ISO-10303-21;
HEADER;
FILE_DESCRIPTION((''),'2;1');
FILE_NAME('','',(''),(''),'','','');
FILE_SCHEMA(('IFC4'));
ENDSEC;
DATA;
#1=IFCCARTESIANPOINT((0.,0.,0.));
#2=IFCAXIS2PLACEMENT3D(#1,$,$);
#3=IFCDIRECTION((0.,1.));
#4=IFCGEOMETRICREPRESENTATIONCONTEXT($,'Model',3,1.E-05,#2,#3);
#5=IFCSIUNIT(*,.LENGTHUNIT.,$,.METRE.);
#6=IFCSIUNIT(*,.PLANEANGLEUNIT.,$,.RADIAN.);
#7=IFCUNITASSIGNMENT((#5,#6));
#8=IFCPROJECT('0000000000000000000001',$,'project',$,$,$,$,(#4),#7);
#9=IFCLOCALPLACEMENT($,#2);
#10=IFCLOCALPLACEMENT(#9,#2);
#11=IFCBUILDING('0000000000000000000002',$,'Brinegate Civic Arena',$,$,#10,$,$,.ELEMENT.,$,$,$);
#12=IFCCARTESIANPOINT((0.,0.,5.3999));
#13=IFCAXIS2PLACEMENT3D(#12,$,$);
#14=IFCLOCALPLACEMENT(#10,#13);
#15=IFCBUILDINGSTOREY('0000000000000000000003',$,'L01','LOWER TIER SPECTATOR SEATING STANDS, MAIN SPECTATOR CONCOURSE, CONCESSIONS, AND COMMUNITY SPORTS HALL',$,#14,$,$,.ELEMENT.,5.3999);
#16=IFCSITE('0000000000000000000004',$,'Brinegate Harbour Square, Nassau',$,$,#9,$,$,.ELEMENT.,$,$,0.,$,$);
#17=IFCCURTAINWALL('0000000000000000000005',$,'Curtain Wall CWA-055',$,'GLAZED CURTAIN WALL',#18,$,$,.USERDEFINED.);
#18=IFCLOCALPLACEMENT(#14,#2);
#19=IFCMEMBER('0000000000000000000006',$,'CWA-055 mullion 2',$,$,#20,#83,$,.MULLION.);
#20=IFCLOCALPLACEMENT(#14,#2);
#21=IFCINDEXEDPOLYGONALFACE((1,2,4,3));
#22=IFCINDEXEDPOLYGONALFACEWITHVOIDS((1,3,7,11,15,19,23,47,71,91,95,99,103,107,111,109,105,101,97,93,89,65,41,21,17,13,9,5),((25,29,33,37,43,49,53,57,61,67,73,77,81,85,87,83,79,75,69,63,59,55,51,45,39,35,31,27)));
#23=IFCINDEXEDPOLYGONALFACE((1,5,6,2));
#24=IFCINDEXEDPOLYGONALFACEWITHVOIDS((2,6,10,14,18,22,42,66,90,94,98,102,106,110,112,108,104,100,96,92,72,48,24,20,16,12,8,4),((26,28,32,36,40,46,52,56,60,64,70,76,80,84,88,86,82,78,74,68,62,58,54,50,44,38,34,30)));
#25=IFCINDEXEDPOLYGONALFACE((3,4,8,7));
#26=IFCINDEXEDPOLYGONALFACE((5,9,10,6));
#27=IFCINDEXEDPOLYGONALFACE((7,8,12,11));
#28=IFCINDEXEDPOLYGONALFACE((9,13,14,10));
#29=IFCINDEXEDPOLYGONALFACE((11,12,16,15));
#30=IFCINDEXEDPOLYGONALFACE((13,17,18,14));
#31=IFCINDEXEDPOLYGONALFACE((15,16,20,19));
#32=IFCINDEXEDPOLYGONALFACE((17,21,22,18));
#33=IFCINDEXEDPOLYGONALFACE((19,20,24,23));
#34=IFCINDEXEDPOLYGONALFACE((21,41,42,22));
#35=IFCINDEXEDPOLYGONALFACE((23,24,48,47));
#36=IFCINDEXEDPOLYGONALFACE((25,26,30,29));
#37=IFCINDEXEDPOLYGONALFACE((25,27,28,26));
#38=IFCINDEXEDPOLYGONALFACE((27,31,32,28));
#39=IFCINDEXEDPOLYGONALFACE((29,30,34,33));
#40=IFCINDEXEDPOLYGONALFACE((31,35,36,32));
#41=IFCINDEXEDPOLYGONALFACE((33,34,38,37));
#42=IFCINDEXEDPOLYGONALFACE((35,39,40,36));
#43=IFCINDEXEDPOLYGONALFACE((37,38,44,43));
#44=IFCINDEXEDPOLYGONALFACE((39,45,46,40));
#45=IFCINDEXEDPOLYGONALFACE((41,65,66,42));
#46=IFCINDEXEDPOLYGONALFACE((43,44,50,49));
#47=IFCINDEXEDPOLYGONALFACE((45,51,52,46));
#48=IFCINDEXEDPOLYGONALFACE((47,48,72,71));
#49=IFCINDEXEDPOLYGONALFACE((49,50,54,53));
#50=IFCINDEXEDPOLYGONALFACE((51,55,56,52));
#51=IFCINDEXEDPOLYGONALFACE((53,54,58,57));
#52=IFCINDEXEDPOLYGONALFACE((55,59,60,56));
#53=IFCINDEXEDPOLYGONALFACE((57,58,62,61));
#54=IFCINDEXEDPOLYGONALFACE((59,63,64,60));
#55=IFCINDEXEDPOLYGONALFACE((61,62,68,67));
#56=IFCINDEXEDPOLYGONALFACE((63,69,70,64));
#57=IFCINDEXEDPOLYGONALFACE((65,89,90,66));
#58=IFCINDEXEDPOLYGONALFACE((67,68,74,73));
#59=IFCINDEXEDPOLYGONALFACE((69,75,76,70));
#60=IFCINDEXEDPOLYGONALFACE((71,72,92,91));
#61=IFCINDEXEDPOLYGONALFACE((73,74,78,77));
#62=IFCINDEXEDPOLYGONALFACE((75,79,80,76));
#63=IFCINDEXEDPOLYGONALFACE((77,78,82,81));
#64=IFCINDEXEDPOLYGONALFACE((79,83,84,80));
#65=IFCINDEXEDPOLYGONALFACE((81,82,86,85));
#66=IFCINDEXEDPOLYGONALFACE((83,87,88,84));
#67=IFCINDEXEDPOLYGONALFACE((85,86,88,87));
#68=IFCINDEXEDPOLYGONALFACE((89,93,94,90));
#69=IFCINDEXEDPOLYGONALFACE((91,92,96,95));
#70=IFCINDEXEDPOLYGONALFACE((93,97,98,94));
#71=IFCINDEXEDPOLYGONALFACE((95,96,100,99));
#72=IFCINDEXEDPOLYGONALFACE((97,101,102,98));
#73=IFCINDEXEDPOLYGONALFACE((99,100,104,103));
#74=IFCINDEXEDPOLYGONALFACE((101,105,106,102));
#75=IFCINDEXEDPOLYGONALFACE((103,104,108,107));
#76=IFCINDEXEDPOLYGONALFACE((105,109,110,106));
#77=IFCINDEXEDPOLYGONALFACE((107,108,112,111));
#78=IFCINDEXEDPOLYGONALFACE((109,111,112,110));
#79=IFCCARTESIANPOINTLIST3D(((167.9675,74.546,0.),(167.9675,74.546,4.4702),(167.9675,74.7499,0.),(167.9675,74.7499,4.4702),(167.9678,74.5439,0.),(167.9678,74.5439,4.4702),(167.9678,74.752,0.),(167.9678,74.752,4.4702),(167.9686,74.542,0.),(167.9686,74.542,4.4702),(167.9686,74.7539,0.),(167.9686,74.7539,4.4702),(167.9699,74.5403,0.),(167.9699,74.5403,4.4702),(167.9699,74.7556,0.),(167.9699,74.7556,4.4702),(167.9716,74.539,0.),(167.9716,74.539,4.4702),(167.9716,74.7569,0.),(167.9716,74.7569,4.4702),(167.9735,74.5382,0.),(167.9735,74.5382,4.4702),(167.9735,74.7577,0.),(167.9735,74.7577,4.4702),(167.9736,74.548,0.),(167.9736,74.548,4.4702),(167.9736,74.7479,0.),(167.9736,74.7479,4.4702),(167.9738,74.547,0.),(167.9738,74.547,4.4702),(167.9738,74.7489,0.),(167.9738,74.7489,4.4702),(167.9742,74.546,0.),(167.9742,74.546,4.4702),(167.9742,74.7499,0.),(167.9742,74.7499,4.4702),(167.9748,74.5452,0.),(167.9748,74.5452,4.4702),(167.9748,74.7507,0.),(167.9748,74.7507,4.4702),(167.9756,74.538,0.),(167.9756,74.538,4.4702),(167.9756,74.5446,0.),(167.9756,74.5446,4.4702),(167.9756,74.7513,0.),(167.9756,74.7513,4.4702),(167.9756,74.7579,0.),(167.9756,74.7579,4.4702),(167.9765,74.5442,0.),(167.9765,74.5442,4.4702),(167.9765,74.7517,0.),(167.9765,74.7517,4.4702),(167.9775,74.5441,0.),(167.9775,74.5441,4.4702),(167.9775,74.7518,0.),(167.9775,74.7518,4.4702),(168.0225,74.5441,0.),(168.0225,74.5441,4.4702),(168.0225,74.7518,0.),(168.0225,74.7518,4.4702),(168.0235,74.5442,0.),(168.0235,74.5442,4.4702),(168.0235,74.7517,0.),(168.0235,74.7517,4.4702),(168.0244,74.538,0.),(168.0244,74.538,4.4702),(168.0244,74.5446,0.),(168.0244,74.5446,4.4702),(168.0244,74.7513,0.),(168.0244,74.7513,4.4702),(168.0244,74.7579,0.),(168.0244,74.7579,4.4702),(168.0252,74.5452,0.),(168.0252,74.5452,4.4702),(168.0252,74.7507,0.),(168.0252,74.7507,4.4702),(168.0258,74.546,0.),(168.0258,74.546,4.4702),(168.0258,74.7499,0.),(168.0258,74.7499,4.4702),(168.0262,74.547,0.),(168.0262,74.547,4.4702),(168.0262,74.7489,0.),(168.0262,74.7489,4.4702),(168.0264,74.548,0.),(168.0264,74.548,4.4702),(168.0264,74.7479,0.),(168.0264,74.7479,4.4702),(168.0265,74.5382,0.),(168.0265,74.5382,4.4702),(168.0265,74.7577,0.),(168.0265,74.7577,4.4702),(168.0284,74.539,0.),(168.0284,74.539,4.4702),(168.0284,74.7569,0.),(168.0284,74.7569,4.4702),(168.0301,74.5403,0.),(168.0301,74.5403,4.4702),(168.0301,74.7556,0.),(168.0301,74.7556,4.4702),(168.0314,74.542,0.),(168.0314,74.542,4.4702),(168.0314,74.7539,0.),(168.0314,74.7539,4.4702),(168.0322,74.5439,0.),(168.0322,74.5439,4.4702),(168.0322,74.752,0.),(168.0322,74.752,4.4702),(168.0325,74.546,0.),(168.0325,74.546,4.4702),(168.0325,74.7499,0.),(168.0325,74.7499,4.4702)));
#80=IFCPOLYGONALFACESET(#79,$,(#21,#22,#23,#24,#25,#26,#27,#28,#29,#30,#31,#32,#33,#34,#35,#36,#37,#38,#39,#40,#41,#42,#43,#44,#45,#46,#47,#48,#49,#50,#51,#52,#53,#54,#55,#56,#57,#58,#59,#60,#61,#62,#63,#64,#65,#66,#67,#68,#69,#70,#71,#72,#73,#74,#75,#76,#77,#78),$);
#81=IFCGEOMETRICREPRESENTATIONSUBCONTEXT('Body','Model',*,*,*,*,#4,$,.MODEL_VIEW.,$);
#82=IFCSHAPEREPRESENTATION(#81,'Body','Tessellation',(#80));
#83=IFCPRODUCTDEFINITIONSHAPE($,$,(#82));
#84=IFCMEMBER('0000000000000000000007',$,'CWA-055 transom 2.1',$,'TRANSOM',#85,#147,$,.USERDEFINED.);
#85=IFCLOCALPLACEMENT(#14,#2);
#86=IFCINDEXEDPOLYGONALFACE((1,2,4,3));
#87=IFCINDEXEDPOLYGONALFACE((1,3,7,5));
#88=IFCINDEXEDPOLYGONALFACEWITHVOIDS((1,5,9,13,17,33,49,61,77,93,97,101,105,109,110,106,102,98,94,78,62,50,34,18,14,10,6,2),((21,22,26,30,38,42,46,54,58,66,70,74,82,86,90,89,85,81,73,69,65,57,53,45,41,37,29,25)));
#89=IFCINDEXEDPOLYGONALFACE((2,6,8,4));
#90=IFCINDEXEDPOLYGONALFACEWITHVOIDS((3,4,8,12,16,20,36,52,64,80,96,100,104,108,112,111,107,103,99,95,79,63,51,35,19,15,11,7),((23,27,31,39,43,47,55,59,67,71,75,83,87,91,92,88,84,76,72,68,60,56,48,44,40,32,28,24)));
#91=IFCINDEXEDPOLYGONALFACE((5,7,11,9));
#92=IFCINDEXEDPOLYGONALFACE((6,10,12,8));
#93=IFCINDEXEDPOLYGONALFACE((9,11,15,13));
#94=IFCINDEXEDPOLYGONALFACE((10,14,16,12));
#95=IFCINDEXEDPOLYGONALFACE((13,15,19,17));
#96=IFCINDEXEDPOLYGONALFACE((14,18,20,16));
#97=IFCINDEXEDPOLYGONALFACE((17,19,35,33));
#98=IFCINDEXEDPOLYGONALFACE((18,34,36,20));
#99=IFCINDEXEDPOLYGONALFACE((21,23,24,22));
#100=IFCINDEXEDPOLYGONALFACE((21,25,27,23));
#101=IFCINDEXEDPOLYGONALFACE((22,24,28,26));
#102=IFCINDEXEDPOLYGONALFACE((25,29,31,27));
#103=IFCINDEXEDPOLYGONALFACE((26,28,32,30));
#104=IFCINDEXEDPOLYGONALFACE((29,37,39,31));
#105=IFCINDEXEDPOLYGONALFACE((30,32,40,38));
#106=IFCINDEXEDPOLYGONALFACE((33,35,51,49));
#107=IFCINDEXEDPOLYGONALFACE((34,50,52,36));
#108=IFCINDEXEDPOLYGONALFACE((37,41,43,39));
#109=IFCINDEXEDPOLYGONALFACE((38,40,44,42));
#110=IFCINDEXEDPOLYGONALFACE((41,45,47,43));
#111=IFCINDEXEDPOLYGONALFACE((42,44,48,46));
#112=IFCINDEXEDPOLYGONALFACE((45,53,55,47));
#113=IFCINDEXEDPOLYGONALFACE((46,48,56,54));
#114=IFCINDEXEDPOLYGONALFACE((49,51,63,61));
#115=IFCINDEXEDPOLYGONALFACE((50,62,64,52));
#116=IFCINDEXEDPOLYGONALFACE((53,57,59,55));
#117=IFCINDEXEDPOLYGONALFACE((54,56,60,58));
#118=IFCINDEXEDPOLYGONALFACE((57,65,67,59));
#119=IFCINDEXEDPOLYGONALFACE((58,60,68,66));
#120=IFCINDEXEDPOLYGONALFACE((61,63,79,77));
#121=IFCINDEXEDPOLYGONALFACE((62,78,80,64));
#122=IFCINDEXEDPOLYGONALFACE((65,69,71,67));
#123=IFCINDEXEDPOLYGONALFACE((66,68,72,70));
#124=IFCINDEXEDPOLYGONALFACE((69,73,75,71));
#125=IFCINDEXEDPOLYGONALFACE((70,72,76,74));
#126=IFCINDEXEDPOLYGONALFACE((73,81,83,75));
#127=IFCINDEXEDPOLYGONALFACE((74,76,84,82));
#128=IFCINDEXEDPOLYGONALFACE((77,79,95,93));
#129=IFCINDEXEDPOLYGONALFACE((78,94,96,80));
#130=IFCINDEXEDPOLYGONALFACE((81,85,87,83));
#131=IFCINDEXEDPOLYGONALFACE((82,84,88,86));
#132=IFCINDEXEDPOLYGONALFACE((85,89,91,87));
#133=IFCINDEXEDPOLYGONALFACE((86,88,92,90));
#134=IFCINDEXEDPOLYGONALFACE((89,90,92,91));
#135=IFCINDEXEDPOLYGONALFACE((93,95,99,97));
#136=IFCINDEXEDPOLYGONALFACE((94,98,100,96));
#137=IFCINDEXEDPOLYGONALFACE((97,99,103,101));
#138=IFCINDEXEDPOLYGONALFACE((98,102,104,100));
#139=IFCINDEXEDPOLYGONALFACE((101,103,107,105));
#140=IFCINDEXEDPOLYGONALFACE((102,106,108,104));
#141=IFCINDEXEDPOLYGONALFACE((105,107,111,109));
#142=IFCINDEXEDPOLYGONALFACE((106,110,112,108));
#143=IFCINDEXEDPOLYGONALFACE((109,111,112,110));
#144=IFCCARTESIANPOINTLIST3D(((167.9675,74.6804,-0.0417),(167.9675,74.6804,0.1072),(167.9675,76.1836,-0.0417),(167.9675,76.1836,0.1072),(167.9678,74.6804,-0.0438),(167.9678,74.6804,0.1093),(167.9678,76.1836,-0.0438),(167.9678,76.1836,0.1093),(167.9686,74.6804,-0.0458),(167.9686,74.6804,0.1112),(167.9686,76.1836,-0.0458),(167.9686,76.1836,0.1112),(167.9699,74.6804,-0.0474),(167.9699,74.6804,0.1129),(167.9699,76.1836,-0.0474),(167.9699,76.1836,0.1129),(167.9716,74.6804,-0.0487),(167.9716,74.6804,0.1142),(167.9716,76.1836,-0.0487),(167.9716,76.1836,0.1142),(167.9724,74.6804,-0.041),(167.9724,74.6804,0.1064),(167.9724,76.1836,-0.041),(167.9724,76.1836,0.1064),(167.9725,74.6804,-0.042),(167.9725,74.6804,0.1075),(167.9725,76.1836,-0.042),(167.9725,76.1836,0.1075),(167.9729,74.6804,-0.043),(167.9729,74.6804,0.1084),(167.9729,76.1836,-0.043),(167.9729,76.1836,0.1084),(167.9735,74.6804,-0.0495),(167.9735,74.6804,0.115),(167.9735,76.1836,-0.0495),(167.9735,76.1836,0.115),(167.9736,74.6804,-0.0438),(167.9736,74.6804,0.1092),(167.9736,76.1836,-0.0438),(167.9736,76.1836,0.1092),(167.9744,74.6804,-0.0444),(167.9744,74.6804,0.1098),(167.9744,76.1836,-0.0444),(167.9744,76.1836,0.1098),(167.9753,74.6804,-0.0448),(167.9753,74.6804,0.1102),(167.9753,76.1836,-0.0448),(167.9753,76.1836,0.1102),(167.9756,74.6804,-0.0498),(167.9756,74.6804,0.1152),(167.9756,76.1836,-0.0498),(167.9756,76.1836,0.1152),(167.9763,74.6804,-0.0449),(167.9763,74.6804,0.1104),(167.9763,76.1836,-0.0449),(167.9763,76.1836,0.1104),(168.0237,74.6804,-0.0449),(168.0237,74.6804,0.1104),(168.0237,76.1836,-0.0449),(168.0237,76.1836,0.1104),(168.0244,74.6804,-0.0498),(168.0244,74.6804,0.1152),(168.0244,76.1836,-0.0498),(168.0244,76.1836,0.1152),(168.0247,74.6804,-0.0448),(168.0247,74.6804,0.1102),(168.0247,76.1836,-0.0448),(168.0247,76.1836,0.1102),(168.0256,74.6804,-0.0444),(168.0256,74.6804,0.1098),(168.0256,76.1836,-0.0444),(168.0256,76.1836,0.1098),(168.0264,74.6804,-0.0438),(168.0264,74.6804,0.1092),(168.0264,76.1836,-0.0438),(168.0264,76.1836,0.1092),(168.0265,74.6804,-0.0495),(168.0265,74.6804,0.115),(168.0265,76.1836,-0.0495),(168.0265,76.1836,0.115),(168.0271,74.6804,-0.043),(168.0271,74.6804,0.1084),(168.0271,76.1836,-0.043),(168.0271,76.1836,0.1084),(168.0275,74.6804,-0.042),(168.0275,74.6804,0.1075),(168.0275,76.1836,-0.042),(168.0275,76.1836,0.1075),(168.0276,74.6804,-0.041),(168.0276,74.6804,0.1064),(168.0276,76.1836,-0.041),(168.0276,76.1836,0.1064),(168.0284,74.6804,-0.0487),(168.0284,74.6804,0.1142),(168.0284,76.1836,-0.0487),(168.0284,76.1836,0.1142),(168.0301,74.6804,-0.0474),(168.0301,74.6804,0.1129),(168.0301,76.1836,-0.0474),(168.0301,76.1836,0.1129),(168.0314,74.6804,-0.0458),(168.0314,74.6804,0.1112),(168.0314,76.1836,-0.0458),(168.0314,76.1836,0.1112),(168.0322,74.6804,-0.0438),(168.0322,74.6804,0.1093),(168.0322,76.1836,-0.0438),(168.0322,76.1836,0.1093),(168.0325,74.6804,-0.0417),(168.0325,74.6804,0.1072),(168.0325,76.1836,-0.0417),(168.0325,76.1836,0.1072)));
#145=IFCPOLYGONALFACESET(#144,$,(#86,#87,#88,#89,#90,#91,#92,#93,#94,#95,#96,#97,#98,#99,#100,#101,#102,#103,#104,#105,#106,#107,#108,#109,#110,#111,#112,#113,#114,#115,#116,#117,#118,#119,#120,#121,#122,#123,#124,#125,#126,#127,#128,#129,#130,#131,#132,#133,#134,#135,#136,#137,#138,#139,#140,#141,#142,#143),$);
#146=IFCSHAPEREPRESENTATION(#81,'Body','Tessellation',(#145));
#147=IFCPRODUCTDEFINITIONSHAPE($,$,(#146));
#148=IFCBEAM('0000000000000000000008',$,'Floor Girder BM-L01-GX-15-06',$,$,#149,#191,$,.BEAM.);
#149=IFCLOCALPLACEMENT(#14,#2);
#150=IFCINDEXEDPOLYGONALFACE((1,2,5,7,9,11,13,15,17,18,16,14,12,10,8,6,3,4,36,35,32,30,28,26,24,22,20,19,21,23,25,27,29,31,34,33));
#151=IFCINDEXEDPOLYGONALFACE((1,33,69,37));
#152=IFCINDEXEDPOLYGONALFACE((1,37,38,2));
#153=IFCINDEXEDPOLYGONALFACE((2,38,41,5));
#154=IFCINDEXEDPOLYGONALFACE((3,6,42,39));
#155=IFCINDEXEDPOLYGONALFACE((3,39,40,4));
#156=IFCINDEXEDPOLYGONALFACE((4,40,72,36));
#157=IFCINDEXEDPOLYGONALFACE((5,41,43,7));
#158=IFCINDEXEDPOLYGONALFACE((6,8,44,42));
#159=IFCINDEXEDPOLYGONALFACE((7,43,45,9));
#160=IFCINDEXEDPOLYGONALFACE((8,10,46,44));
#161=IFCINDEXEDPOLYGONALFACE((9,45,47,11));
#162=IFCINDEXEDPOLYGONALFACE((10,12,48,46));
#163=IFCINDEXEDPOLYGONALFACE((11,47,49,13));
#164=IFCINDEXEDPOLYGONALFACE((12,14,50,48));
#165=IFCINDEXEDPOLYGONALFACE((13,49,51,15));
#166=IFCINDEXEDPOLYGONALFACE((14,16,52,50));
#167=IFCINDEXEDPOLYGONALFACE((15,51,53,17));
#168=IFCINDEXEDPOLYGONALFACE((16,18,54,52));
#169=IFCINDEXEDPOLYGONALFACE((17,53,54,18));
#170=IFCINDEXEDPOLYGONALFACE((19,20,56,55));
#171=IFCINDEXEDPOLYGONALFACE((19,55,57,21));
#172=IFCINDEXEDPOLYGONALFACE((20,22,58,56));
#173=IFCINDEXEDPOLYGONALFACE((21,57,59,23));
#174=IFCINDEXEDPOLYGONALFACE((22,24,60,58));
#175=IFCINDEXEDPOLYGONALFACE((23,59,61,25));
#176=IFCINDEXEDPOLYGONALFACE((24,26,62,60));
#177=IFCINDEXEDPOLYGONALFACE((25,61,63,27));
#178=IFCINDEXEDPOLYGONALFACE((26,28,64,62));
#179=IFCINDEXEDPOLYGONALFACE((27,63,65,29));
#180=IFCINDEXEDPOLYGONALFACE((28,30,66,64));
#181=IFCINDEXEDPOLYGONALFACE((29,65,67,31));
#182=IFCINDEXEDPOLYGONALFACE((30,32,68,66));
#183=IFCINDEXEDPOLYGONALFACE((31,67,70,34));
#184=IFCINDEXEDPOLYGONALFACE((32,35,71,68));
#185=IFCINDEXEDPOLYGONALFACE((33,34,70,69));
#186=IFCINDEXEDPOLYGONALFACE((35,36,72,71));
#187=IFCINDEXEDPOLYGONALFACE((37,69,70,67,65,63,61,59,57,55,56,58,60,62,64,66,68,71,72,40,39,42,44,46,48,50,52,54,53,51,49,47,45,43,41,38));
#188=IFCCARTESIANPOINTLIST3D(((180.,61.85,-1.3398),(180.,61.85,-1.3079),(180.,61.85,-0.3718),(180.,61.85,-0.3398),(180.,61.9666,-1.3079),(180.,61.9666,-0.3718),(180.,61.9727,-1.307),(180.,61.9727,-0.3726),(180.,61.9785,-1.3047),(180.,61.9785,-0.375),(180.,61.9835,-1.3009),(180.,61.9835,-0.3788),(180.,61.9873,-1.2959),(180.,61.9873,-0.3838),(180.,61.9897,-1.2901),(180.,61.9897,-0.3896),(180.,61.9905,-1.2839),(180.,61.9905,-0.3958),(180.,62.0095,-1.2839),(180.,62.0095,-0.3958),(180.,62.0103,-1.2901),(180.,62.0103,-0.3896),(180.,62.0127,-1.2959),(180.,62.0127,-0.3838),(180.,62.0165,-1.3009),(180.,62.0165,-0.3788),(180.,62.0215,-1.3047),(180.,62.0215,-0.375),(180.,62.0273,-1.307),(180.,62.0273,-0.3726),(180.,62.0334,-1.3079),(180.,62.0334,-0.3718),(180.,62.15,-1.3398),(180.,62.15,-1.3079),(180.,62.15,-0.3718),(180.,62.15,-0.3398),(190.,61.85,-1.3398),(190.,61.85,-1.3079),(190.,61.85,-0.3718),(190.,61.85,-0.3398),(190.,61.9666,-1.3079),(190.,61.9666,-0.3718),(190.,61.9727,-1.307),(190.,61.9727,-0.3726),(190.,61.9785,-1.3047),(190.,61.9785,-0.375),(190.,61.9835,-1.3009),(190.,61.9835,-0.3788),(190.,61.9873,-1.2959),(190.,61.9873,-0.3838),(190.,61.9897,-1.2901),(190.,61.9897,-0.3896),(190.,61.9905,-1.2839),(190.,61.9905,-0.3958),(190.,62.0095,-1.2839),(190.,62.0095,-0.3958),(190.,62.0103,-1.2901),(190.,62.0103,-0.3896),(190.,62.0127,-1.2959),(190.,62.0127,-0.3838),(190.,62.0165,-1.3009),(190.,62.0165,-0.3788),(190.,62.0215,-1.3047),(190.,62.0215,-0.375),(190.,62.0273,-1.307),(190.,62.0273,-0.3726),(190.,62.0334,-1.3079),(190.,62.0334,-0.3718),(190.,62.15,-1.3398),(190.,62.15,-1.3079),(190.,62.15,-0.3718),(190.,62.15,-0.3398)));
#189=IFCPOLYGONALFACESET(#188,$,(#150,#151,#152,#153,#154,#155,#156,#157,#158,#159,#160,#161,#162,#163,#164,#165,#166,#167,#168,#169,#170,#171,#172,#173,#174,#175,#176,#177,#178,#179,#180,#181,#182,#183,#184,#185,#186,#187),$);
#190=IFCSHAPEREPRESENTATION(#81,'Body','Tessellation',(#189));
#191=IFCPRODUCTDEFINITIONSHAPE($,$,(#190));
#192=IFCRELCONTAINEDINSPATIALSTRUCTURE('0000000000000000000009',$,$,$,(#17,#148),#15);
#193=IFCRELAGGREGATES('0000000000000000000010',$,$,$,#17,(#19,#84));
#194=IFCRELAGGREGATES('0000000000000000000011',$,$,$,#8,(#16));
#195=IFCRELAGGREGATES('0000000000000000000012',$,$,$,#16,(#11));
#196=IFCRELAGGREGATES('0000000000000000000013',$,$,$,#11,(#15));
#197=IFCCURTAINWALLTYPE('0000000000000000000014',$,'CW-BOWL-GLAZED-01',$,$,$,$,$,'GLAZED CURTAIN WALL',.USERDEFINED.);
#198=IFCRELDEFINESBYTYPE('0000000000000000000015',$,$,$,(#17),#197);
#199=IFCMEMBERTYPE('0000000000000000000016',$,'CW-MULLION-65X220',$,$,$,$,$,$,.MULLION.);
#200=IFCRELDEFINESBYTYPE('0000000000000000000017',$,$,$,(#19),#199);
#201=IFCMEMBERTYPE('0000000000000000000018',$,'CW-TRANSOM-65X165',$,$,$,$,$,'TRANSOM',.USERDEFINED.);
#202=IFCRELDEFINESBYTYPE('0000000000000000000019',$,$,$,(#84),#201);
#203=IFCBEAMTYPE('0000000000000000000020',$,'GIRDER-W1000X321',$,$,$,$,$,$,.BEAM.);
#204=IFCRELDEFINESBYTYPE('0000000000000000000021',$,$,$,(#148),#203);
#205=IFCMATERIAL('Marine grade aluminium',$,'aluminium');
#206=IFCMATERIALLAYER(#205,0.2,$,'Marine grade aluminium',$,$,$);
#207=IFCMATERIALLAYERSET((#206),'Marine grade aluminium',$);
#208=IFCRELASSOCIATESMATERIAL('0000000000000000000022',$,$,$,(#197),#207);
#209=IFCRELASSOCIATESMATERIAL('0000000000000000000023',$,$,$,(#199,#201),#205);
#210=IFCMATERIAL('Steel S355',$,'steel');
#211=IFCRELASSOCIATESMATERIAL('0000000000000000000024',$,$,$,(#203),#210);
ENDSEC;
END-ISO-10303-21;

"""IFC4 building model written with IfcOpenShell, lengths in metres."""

from ifc_helpers import new_model, si_unit, direction, frame, origin, origin_2d, place, context, subcontext, project, spatial, hollow_rectangle, i_section, extrude, material, layer, layer_set, material_profile, profile_set, type_object, element, aggregate, save


model = new_model("IFC4")

# Units and contexts
model_context = context("Model", 3, precision=1e-05, world=origin(), true_north=direction((0.0, 1.0)))
body_context = subcontext(model_context, "Body", "Model", "MODEL_VIEW")
ifc_project = project(units=[si_unit("LENGTHUNIT", "METRE"), si_unit("PLANEANGLEUNIT", "RADIAN")], contexts=[model_context])

# Site, building, storey
site_placement = place(None, origin())
site = spatial("IfcSite", under=ifc_project, at=site_placement, Name="Brinegate Harbour Square, Nassau", CompositionType="ELEMENT", RefElevation=0.0)
building_placement = place(site_placement, origin())
building = spatial("IfcBuilding", under=site, at=building_placement, Name="Brinegate Civic Arena", CompositionType="ELEMENT")
storey_placement = place(building_placement, frame((0.0, 0.0, 5.3999)))
storey = spatial("IfcBuildingStorey", under=building, at=storey_placement, Name="L01", Description="LOWER TIER SPECTATOR SEATING STANDS, MAIN SPECTATOR CONCOURSE, CONCESSIONS, AND COMMUNITY SPORTS HALL", CompositionType="ELEMENT", Elevation=5.3999)

# Curtain wall, members
ifc_material_1 = material(Name="Marine grade aluminium", Category="aluminium")
ifc_layer_1 = layer(ifc_material_1, 0.2, Name="Marine grade aluminium")
ifc_layer_set_1 = layer_set([ifc_layer_1], Name="Marine grade aluminium")
curtain_wall_type = type_object("IfcCurtainWallType", Name="CW-BOWL-GLAZED-01", ElementType="GLAZED CURTAIN WALL", PredefinedType="USERDEFINED", material=ifc_layer_set_1)
curtain_wall_placement = place(storey_placement, origin())
curtain_wall = element("IfcCurtainWall", 1, at=curtain_wall_placement, inside=storey, type_object=curtain_wall_type, Name="Curtain Wall CWA-055", ObjectType="GLAZED CURTAIN WALL", PredefinedType="USERDEFINED")
ifc_material_profile_1 = material_profile(ifc_material_1, hollow_rectangle(XDim=0.0649, YDim=0.22, WallThickness=0.0061, InnerFilletRadius=0.0039, OuterFilletRadius=0.0081, at=origin_2d()), Name="MUL65X220")
ifc_profile_set_1 = profile_set([ifc_material_profile_1], Name="Marine grade aluminium")
member_type_1 = type_object("IfcMemberType", Name="CW-MULLION-65X220", PredefinedType="MULLION", material=ifc_profile_set_1)
member_1_placement = place(storey_placement, frame((168.0, 74.6479, 0.0), z_axis=(0.0, 0.0, 1.0), x_axis=(-1.0, 0.0, 0.0)))
member_1 = element("IfcMember", 2, at=member_1_placement, type_object=member_type_1, Name="CWA-055 mullion 2", PredefinedType="MULLION", context=body_context, shape_type="SweptSolid", body=[
    extrude(hollow_rectangle(XDim=0.0649, YDim=0.22, WallThickness=0.0061, InnerFilletRadius=0.0039, OuterFilletRadius=0.0081, at=origin_2d()), origin(), (0.0, 0.0, 1.0), 4.4702),
])
ifc_material_profile_2 = material_profile(ifc_material_1, hollow_rectangle(XDim=0.0649, YDim=0.165, WallThickness=0.0049, InnerFilletRadius=0.0039, OuterFilletRadius=0.0081, at=origin_2d()), Name="TRN65X165")
ifc_profile_set_2 = profile_set([ifc_material_profile_2], Name="Marine grade aluminium")
member_type_2 = type_object("IfcMemberType", Name="CW-TRANSOM-65X165", ElementType="TRANSOM", PredefinedType="USERDEFINED", material=ifc_profile_set_2)
member_2_placement = place(storey_placement, frame((168.0, 74.6804, 0.0327), z_axis=(0.0, 1.0, 0.0), x_axis=(-1.0, 0.0, 0.0)))
member_2 = element("IfcMember", 3, at=member_2_placement, type_object=member_type_2, Name="CWA-055 transom 2.1", ObjectType="TRANSOM", PredefinedType="USERDEFINED", context=body_context, shape_type="SweptSolid", body=[
    extrude(hollow_rectangle(XDim=0.0649, YDim=0.165, WallThickness=0.0049, InnerFilletRadius=0.0039, OuterFilletRadius=0.0081, at=origin_2d()), origin(), (0.0, 0.0, 1.0), 1.5032),
])

# Beam
ifc_material_2 = material(Name="Steel S355", Category="steel")
ifc_material_profile_3 = material_profile(ifc_material_2, i_section(OverallWidth=0.3, OverallDepth=1.0, WebThickness=0.019, FlangeThickness=0.032, FilletRadius=0.0239, at=origin_2d()), Name="W1000X321")
ifc_profile_set_3 = profile_set([ifc_material_profile_3], Name="Steel S355")
beam_type_1 = type_object("IfcBeamType", Name="GIRDER-W1000X321", PredefinedType="BEAM", material=ifc_profile_set_3)
beam_1_placement = place(storey_placement, frame((180.0, 62.0, -0.8398), z_axis=(1.0, 0.0, 0.0), x_axis=(0.0, 1.0, 0.0)))
element("IfcBeam", 4, at=beam_1_placement, inside=storey, type_object=beam_type_1, Name="Floor Girder BM-L01-GX-15-06", PredefinedType="BEAM", context=body_context, shape_type="SweptSolid", body=[
    extrude(i_section(OverallWidth=0.3, OverallDepth=1.0, WebThickness=0.019, FlangeThickness=0.032, FilletRadius=0.0239, at=origin_2d()), origin(), (0.0, 0.0, 1.0), 10.0),
])

aggregate(curtain_wall, [member_1, member_2])

save(model, "model.ifc")
